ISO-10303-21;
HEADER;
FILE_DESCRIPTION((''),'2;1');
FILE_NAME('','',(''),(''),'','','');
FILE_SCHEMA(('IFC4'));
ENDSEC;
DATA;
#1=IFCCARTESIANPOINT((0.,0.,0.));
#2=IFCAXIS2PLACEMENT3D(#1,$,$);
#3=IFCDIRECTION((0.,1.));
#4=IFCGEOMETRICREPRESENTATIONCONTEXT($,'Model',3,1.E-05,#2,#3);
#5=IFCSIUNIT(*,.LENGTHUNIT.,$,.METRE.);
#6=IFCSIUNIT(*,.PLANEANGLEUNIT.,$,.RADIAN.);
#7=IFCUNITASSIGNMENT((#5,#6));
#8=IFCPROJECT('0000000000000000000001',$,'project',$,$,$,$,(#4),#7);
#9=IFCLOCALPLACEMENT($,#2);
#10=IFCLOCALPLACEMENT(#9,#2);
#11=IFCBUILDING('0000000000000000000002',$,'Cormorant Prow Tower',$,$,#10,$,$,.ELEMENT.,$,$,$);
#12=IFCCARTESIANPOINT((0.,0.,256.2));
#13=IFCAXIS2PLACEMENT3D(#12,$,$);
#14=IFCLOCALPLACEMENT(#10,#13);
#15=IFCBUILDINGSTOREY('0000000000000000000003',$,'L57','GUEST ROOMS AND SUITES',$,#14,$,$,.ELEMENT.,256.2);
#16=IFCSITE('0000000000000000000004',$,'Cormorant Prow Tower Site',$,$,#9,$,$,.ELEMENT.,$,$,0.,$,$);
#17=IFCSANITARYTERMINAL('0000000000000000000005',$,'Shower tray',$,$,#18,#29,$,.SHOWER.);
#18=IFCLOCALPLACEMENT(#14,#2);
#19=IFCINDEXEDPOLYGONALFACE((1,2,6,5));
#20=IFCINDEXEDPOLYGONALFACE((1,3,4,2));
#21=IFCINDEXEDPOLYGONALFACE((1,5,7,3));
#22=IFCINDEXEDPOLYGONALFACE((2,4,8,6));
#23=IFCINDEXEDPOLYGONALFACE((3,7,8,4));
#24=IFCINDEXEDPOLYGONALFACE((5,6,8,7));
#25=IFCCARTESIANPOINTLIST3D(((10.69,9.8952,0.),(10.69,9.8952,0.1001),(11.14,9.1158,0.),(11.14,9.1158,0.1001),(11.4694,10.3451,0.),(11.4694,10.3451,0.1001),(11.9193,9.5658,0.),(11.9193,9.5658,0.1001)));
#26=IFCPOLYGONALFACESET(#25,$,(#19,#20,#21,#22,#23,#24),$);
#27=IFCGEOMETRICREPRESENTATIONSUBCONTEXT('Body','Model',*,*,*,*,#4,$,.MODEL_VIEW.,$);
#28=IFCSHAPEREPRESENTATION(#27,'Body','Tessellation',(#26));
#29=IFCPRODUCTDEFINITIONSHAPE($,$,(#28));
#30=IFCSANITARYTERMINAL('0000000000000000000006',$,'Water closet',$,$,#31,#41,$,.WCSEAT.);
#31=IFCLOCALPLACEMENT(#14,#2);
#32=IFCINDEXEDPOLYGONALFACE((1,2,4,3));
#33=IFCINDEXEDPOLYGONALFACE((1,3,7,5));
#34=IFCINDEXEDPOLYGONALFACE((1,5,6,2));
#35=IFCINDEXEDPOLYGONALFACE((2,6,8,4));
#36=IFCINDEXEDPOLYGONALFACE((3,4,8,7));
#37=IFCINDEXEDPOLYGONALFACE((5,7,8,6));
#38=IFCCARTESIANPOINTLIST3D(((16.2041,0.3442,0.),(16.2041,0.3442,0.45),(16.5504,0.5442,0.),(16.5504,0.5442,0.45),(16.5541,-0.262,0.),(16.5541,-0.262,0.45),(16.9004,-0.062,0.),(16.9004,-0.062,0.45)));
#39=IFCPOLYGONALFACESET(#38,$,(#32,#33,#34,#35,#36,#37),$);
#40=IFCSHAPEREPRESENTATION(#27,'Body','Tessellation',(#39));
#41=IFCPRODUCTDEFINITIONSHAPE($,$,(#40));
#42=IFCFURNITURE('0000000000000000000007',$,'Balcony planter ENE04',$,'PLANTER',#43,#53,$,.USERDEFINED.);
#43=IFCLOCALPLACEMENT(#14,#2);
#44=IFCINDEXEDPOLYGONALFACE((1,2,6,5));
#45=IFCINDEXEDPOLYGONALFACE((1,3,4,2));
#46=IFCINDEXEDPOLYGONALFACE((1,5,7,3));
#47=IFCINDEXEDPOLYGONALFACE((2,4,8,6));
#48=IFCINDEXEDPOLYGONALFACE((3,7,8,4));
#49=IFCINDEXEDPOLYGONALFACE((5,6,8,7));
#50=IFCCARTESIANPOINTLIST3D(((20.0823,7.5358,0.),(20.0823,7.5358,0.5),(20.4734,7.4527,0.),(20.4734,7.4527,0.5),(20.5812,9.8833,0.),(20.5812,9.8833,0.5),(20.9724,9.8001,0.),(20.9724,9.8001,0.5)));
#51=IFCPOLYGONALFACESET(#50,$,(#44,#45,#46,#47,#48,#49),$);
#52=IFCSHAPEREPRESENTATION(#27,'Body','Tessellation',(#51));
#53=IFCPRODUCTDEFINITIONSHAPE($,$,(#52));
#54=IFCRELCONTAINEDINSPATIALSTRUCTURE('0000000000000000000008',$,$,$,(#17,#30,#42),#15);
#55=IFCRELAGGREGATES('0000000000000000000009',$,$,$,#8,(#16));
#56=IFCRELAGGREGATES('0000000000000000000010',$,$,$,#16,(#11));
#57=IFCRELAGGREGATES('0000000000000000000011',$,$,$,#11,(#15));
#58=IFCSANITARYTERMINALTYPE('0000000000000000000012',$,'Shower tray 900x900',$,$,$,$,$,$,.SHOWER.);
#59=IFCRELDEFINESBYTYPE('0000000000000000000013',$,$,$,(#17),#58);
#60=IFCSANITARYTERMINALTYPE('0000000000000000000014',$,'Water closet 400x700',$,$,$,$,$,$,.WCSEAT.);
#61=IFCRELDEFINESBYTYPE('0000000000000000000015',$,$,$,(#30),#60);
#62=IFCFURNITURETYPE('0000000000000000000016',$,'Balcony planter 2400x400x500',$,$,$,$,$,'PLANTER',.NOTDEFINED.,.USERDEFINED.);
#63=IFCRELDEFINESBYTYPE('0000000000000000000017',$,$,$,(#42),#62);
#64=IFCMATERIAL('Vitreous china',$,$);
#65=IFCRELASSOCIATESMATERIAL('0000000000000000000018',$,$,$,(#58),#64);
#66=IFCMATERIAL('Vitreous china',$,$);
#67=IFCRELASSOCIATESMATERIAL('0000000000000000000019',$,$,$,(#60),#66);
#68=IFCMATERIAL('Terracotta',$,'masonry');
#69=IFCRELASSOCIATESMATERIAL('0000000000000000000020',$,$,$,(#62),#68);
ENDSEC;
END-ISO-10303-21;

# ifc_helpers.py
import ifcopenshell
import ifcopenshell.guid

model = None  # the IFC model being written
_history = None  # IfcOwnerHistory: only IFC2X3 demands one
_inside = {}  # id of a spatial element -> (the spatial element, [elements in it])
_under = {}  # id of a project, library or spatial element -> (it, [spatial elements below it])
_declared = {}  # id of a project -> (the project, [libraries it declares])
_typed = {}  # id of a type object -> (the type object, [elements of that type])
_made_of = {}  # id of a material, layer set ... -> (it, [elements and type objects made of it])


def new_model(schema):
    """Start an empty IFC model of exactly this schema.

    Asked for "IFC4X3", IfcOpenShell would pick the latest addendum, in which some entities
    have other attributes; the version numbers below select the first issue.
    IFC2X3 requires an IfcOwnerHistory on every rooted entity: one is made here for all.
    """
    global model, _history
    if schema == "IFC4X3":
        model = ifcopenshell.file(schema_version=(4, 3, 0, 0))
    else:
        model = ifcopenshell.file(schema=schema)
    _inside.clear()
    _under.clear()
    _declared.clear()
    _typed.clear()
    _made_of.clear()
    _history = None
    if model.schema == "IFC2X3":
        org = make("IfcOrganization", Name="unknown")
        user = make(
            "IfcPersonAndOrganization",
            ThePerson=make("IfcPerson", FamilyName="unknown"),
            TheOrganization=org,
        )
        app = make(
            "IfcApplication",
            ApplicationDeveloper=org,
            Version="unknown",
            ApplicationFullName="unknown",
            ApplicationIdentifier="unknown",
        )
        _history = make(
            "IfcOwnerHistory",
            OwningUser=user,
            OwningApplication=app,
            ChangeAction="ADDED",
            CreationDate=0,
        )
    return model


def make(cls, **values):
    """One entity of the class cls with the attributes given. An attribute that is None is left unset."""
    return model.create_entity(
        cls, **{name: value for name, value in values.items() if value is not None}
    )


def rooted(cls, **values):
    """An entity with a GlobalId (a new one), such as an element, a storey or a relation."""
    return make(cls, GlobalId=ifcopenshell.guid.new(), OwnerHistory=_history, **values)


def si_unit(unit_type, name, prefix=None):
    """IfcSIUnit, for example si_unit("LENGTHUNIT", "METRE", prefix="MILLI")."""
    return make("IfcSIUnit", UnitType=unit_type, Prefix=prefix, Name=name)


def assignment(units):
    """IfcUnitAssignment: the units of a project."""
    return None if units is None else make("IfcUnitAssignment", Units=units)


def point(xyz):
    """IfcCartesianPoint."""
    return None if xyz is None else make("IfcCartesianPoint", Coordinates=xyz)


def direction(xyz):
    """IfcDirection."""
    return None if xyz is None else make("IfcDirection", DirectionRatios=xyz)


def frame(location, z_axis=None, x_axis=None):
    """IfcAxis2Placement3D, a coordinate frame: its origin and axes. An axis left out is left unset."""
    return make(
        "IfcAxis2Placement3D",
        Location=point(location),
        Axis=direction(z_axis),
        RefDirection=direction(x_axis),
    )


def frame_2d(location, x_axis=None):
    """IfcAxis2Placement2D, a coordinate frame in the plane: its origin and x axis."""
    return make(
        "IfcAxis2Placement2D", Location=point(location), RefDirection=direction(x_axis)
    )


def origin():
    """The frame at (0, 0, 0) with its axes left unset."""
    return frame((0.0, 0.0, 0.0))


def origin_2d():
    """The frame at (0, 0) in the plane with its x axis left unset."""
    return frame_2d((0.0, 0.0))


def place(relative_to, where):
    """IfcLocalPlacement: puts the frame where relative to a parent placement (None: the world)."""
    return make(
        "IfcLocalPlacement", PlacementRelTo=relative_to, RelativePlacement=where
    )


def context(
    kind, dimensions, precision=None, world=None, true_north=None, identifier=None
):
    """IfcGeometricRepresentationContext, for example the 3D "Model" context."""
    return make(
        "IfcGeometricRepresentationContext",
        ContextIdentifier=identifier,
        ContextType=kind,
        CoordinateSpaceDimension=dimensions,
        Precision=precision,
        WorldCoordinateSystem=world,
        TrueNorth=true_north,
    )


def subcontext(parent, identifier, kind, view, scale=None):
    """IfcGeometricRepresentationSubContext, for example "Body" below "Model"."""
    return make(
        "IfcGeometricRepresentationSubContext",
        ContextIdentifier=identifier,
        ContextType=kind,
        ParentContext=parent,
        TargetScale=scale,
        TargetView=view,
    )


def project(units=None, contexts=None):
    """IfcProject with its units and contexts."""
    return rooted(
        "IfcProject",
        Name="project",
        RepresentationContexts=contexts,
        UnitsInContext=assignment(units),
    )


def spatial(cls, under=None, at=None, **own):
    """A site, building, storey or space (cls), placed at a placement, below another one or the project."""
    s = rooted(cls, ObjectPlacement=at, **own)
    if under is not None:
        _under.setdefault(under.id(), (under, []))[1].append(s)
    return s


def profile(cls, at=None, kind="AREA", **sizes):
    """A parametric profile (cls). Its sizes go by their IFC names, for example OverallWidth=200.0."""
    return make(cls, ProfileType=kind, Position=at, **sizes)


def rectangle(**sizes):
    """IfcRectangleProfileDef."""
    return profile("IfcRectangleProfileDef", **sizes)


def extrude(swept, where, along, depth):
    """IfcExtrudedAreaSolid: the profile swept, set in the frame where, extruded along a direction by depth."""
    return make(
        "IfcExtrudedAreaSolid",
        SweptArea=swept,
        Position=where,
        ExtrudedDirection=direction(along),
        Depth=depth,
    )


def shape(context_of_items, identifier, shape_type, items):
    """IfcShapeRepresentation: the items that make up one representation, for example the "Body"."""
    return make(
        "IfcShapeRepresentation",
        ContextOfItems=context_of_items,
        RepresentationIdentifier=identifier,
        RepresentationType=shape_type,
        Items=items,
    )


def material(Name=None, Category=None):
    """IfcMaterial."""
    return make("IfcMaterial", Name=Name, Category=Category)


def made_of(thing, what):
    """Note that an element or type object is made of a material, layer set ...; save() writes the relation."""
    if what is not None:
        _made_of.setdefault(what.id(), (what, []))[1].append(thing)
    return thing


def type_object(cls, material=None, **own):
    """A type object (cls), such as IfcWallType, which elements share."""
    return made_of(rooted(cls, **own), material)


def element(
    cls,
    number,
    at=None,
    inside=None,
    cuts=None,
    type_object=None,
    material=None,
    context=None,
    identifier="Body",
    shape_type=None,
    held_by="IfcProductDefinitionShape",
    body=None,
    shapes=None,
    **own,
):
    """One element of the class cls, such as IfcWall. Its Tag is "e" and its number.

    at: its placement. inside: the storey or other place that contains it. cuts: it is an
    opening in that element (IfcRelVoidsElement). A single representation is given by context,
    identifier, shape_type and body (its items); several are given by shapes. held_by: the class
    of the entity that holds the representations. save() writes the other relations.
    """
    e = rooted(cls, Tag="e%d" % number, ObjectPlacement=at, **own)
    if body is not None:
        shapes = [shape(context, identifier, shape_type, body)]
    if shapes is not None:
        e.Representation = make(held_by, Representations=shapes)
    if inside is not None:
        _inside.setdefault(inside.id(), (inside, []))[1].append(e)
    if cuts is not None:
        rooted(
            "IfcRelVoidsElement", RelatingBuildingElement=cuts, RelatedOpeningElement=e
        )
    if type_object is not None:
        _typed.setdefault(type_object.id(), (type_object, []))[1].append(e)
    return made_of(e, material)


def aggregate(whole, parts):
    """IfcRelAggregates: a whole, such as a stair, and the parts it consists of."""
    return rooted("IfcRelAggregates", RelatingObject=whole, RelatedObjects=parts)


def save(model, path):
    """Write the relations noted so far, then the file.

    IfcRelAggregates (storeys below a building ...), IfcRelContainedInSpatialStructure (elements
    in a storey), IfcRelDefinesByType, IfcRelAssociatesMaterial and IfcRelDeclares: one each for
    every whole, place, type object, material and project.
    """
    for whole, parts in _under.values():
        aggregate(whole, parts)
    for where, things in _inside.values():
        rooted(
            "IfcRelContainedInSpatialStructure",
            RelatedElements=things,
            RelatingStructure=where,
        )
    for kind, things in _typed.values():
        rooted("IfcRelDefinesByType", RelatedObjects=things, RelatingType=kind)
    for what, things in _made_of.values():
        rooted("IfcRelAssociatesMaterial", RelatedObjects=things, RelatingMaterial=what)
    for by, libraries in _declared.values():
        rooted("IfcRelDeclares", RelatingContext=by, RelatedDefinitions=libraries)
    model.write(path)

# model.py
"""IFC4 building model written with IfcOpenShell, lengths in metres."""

from ifc_helpers import new_model, si_unit, direction, frame, origin, origin_2d, place, context, subcontext, project, spatial, rectangle, extrude, material, type_object, element, save


model = new_model("IFC4")

# Units and contexts
model_context = context("Model", 3, precision=1e-05, world=origin(), true_north=direction((0.0, 1.0)))
body_context = subcontext(model_context, "Body", "Model", "MODEL_VIEW")
ifc_project = project(units=[si_unit("LENGTHUNIT", "METRE"), si_unit("PLANEANGLEUNIT", "RADIAN")], contexts=[model_context])

# Site, building, storey
site_placement = place(None, origin())
site = spatial("IfcSite", under=ifc_project, at=site_placement, Name="Cormorant Prow Tower Site", CompositionType="ELEMENT", RefElevation=0.0)
building_placement = place(site_placement, origin())
building = spatial("IfcBuilding", under=site, at=building_placement, Name="Cormorant Prow Tower", CompositionType="ELEMENT")
storey_placement = place(building_placement, frame((0.0, 0.0, 256.2)))
storey = spatial("IfcBuildingStorey", under=building, at=storey_placement, Name="L57", Description="GUEST ROOMS AND SUITES", CompositionType="ELEMENT", Elevation=256.2)

# Sanitary terminals
ifc_material_1 = material(Name="Vitreous china")
sanitary_terminal_type_1 = type_object("IfcSanitaryTerminalType", Name="Shower tray 900x900", PredefinedType="SHOWER", material=ifc_material_1)
for number, where, z_axis, x_axis, name in (
    (1, (11.3047, 9.7305, 0.0), (0.0, 0.0, 1.0), (-0.5, 0.866025, 0.0), "Shower tray"),
):
    element("IfcSanitaryTerminal", number, at=place(storey_placement, frame(where, z_axis=z_axis, x_axis=x_axis)), inside=storey, type_object=sanitary_terminal_type_1, Name=name, PredefinedType="SHOWER", context=body_context, shape_type="SweptSolid", body=[
        extrude(rectangle(XDim=0.8999, YDim=0.8999, at=origin_2d()), origin(), (0.0, 0.0, 1.0), 0.1001),
    ])
ifc_material_2 = material(Name="Vitreous china")
sanitary_terminal_type_2 = type_object("IfcSanitaryTerminalType", Name="Water closet 400x700", PredefinedType="WCSEAT", material=ifc_material_2)
sanitary_terminal_placement = place(storey_placement, frame((16.5522, 0.1411, 0.0), z_axis=(0.0, 0.0, 1.0), x_axis=(0.866025, 0.5, 0.0)))
element("IfcSanitaryTerminal", 2, at=sanitary_terminal_placement, inside=storey, type_object=sanitary_terminal_type_2, Name="Water closet", PredefinedType="WCSEAT", context=body_context, shape_type="SweptSolid", body=[
    extrude(rectangle(XDim=0.3999, YDim=0.7, at=origin_2d()), origin(), (0.0, 0.0, 1.0), 0.45),
])

# Furniture
ifc_material_3 = material(Name="Terracotta", Category="masonry")
furniture_type = type_object("IfcFurnitureType", Name="Balcony planter 2400x400x500", ElementType="PLANTER", AssemblyPlace="NOTDEFINED", PredefinedType="USERDEFINED", material=ifc_material_3)
furniture_placement = place(storey_placement, frame((20.5273, 8.668, 0.0), z_axis=(0.0, 0.0, 1.0), x_axis=(0.207912, 0.978148, 0.0)))
element("IfcFurniture", 3, at=furniture_placement, inside=storey, type_object=furniture_type, Name="Balcony planter ENE04", ObjectType="PLANTER", PredefinedType="USERDEFINED", context=body_context, shape_type="SweptSolid", body=[
    extrude(rectangle(XDim=2.3999, YDim=0.3999, at=origin_2d()), origin(), (0.0, 0.0, 1.0), 0.5),
])

save(model, "model.ifc")
